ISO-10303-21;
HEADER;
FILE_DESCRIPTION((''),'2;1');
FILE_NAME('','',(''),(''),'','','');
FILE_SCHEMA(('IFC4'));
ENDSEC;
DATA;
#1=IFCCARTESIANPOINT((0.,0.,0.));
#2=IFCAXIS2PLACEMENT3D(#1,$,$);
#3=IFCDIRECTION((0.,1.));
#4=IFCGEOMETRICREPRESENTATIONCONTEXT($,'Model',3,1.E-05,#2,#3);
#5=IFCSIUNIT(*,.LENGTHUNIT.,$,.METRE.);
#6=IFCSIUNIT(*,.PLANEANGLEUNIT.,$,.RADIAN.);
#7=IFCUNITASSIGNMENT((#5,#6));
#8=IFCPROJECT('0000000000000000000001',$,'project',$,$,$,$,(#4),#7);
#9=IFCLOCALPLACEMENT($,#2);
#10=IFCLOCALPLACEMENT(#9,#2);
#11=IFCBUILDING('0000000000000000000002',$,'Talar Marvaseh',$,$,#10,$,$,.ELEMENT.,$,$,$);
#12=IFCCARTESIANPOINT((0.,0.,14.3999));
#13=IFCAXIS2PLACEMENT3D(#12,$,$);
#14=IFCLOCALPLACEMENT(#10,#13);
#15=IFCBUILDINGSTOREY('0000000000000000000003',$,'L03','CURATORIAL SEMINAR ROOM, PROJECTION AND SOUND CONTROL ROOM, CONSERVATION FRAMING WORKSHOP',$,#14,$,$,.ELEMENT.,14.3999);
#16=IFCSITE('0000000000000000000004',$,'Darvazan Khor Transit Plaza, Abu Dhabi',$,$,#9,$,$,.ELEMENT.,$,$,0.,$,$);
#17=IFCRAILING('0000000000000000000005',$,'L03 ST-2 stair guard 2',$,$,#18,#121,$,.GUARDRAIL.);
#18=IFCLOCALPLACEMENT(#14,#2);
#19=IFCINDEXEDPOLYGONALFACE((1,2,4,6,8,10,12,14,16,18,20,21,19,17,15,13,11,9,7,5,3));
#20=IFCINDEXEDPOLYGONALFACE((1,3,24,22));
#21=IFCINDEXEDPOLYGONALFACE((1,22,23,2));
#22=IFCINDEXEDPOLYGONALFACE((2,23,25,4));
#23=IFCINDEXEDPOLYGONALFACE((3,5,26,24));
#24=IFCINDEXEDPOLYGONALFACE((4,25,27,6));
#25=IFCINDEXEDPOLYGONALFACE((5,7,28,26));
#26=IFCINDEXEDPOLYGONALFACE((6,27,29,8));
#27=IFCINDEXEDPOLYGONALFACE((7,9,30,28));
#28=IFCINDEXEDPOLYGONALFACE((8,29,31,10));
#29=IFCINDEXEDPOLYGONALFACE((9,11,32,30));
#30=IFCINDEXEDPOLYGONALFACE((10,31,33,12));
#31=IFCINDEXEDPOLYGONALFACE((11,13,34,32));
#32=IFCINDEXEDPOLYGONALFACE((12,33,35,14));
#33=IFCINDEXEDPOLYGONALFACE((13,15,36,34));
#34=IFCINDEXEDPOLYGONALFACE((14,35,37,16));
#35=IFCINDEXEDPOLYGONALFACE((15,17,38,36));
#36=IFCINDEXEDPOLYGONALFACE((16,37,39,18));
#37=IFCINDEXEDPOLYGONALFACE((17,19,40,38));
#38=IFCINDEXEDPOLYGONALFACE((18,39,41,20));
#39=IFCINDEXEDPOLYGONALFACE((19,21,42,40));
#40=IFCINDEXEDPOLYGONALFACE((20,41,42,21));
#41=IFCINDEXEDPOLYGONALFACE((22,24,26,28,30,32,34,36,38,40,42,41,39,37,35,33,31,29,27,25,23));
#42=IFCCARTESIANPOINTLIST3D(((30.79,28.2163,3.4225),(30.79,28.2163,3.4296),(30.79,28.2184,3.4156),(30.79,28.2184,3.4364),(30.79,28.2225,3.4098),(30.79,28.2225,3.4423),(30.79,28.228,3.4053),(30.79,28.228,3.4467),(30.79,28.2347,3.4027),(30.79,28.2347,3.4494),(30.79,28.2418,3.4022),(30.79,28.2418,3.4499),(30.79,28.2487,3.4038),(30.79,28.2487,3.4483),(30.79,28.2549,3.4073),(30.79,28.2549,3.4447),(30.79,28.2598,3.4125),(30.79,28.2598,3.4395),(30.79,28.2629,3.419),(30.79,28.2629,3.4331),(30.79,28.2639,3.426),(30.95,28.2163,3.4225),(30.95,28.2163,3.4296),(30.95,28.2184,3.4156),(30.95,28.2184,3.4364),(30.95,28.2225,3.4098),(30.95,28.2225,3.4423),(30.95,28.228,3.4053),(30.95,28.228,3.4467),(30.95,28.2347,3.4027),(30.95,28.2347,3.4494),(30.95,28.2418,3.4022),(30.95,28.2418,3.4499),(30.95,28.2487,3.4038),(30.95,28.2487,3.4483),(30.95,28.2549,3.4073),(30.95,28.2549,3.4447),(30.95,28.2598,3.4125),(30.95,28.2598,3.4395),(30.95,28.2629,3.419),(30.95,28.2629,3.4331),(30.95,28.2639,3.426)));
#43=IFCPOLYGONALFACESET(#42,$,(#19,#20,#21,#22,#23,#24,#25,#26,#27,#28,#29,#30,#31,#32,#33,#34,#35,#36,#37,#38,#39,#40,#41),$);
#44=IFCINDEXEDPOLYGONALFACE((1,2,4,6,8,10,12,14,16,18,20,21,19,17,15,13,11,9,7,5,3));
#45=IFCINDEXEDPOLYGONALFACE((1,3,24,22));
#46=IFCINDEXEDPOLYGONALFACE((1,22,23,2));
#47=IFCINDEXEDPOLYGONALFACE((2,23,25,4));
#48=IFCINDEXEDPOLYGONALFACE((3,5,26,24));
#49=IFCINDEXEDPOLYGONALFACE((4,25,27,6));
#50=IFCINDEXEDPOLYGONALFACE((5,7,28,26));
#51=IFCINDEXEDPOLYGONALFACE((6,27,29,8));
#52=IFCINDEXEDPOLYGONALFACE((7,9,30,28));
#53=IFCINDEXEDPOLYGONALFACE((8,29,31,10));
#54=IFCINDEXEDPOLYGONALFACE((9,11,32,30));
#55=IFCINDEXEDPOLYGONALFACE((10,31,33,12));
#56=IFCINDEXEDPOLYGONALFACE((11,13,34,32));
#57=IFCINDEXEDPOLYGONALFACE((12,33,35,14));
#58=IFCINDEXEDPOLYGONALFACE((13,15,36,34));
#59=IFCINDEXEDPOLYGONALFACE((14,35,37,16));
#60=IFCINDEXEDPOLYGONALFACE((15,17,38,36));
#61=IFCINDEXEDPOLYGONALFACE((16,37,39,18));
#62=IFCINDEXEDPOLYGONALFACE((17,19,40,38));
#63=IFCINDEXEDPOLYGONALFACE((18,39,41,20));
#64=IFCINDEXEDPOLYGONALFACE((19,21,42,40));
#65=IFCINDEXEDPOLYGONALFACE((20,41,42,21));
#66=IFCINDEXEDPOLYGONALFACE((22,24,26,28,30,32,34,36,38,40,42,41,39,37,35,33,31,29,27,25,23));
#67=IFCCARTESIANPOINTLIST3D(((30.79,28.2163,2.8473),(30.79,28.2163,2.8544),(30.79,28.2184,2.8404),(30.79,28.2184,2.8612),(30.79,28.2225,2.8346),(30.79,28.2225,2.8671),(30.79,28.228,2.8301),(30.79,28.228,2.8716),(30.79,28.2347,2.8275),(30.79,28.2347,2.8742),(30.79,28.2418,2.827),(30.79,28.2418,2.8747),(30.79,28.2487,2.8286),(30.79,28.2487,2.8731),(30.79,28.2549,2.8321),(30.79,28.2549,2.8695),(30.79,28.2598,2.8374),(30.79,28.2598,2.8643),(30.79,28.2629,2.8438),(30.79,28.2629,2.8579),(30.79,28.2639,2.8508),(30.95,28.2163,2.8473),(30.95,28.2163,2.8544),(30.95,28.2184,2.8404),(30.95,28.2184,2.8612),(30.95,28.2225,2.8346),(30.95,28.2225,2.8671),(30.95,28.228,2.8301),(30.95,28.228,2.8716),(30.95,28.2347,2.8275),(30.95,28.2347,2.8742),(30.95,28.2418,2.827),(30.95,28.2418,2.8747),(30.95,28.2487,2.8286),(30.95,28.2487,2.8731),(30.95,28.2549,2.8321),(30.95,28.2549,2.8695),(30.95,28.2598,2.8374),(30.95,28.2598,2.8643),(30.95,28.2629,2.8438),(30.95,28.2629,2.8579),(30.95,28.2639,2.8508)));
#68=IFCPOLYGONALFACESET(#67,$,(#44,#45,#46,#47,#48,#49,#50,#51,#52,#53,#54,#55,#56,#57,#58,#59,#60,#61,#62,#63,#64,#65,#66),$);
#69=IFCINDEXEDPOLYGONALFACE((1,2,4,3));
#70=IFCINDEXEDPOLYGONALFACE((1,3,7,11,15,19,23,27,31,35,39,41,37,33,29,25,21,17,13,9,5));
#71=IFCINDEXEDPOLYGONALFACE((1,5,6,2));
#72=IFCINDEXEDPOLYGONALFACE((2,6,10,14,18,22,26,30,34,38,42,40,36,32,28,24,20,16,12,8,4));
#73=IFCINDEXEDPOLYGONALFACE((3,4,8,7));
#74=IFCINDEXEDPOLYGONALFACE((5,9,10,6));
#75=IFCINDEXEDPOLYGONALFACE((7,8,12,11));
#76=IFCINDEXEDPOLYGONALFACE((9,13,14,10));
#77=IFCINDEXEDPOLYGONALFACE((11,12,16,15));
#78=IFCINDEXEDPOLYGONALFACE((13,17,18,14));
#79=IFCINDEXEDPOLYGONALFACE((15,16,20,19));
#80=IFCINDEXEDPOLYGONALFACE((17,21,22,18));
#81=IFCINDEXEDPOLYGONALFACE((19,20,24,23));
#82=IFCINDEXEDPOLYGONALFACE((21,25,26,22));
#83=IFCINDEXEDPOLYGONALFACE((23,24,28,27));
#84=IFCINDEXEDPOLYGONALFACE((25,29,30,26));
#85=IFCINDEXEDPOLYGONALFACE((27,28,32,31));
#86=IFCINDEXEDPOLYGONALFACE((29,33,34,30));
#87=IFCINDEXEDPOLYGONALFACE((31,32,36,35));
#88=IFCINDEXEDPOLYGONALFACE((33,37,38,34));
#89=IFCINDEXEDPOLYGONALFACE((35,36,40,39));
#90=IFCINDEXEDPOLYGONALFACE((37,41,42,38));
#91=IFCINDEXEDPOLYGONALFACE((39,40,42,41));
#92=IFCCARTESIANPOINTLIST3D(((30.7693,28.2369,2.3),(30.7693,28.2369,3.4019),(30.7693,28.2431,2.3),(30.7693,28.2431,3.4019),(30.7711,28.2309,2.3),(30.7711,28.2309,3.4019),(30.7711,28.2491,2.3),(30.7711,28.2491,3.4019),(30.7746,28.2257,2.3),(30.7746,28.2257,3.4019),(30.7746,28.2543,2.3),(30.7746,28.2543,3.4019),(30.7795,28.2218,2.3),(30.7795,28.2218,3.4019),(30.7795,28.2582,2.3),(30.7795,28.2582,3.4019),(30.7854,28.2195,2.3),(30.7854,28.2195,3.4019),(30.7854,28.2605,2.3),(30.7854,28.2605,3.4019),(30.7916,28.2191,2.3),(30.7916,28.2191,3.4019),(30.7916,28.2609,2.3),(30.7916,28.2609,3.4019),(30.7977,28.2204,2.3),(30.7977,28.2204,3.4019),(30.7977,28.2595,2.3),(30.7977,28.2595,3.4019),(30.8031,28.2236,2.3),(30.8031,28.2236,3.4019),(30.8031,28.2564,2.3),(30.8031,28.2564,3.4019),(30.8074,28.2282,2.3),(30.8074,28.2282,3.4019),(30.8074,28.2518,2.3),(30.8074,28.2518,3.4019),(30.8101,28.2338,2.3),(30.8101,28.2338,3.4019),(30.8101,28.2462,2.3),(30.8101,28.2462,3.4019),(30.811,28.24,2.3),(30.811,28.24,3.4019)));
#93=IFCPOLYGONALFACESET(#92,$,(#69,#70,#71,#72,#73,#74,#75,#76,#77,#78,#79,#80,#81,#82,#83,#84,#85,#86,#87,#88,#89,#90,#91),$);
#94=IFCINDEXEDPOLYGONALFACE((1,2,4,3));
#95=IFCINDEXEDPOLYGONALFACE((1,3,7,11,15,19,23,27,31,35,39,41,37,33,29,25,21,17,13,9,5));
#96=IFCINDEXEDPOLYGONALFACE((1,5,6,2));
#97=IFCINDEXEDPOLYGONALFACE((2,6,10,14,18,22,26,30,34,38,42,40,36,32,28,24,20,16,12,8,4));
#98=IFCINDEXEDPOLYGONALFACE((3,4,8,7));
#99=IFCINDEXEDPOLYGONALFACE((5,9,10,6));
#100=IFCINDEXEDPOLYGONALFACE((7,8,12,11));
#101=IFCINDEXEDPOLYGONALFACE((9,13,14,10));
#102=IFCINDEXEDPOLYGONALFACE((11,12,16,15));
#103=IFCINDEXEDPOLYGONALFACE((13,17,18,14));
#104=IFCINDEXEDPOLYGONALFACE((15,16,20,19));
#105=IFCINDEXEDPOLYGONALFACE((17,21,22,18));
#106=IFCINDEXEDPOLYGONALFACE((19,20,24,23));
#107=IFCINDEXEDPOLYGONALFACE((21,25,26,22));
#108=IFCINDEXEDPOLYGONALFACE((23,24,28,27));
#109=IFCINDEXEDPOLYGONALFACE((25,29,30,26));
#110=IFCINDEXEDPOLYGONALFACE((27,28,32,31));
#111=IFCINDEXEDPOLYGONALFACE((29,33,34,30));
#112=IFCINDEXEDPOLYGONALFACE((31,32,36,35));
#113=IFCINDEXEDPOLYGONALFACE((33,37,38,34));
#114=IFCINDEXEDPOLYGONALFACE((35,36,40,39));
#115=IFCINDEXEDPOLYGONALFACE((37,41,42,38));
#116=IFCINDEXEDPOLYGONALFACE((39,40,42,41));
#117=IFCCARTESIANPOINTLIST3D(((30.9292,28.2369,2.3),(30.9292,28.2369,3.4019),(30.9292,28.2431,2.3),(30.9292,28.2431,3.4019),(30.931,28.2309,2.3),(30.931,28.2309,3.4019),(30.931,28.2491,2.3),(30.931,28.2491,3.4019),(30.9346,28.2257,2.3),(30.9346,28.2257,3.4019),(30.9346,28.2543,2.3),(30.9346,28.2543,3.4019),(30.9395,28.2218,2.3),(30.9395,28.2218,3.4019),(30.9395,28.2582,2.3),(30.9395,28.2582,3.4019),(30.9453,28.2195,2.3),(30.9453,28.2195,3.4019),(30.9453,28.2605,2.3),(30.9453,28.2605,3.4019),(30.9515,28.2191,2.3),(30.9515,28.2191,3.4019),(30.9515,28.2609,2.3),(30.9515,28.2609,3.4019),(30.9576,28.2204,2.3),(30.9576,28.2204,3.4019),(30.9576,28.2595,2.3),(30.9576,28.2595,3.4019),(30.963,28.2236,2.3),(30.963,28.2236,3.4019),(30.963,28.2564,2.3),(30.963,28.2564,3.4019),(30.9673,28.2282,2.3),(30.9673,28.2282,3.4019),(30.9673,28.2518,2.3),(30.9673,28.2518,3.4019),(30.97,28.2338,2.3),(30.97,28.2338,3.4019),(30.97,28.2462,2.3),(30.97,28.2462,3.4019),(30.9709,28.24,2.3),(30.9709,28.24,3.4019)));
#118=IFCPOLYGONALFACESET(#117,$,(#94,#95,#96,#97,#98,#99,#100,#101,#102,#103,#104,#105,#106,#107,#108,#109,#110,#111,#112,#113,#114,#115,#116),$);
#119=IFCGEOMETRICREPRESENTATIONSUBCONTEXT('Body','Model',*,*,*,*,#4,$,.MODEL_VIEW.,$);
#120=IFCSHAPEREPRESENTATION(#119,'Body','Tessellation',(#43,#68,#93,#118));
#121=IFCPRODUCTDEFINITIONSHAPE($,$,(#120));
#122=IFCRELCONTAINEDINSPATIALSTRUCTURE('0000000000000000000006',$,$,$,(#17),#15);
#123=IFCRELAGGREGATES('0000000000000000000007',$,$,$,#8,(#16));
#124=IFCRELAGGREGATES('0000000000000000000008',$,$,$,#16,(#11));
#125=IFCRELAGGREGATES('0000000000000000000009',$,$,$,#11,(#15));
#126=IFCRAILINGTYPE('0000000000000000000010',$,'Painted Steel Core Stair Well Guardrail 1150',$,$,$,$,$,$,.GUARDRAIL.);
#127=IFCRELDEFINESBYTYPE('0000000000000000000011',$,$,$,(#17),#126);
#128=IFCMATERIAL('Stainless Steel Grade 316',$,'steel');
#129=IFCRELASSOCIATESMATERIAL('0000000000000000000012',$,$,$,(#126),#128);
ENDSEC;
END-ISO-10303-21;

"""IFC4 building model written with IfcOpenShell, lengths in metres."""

from ifc_helpers import new_model, si_unit, direction, frame, origin, origin_2d, place, context, subcontext, project, spatial, circle, extrude, material, type_object, element, save


model = new_model("IFC4")

# Units and contexts
model_context = context("Model", 3, precision=1e-05, world=origin(), true_north=direction((0.0, 1.0)))
body_context = subcontext(model_context, "Body", "Model", "MODEL_VIEW")
ifc_project = project(units=[si_unit("LENGTHUNIT", "METRE"), si_unit("PLANEANGLEUNIT", "RADIAN")], contexts=[model_context])

# Site, building, storey
site_placement = place(None, origin())
site = spatial("IfcSite", under=ifc_project, at=site_placement, Name="Darvazan Khor Transit Plaza, Abu Dhabi", CompositionType="ELEMENT", RefElevation=0.0)
building_placement = place(site_placement, origin())
building = spatial("IfcBuilding", under=site, at=building_placement, Name="Talar Marvaseh", CompositionType="ELEMENT")
storey_placement = place(building_placement, frame((0.0, 0.0, 14.3999)))
storey = spatial("IfcBuildingStorey", under=building, at=storey_placement, Name="L03", Description="CURATORIAL SEMINAR ROOM, PROJECTION AND SOUND CONTROL ROOM, CONSERVATION FRAMING WORKSHOP", CompositionType="ELEMENT", Elevation=14.3999)

# Shared definitions
ifc_material_1 = material(Name="Stainless Steel Grade 316", Category="steel")

# Railing
railing_type_1 = type_object("IfcRailingType", Name="Painted Steel Core Stair Well Guardrail 1150", PredefinedType="GUARDRAIL", material=ifc_material_1)
railing_1_placement = place(storey_placement, frame((30.79, 28.24, 2.3)))
element("IfcRailing", 1, at=railing_1_placement, inside=storey, type_object=railing_type_1, Name="L03 ST-2 stair guard 2", PredefinedType="GUARDRAIL", context=body_context, shape_type="SweptSolid", body=[
    extrude(circle(Radius=0.0239, at=origin_2d()), frame((0.0, 0.0, 1.126), z_axis=(1.0, 0.0, 0.0), x_axis=(0.0, 1.0, 0.0)), (0.0, 0.0, 1.0), 0.1599),
    extrude(circle(Radius=0.0239, at=origin_2d()), frame((0.0, 0.0, 0.5508), z_axis=(1.0, 0.0, 0.0), x_axis=(0.0, 1.0, 0.0)), (0.0, 0.0, 1.0), 0.1599),
    extrude(circle(Radius=0.021, at=origin_2d()), origin(), (0.0, 0.0, 1.0), 1.1018),
    extrude(circle(Radius=0.021, at=origin_2d()), frame((0.1599, 0.0, 0.0)), (0.0, 0.0, 1.0), 1.1018),
])

save(model, "model.ifc")
